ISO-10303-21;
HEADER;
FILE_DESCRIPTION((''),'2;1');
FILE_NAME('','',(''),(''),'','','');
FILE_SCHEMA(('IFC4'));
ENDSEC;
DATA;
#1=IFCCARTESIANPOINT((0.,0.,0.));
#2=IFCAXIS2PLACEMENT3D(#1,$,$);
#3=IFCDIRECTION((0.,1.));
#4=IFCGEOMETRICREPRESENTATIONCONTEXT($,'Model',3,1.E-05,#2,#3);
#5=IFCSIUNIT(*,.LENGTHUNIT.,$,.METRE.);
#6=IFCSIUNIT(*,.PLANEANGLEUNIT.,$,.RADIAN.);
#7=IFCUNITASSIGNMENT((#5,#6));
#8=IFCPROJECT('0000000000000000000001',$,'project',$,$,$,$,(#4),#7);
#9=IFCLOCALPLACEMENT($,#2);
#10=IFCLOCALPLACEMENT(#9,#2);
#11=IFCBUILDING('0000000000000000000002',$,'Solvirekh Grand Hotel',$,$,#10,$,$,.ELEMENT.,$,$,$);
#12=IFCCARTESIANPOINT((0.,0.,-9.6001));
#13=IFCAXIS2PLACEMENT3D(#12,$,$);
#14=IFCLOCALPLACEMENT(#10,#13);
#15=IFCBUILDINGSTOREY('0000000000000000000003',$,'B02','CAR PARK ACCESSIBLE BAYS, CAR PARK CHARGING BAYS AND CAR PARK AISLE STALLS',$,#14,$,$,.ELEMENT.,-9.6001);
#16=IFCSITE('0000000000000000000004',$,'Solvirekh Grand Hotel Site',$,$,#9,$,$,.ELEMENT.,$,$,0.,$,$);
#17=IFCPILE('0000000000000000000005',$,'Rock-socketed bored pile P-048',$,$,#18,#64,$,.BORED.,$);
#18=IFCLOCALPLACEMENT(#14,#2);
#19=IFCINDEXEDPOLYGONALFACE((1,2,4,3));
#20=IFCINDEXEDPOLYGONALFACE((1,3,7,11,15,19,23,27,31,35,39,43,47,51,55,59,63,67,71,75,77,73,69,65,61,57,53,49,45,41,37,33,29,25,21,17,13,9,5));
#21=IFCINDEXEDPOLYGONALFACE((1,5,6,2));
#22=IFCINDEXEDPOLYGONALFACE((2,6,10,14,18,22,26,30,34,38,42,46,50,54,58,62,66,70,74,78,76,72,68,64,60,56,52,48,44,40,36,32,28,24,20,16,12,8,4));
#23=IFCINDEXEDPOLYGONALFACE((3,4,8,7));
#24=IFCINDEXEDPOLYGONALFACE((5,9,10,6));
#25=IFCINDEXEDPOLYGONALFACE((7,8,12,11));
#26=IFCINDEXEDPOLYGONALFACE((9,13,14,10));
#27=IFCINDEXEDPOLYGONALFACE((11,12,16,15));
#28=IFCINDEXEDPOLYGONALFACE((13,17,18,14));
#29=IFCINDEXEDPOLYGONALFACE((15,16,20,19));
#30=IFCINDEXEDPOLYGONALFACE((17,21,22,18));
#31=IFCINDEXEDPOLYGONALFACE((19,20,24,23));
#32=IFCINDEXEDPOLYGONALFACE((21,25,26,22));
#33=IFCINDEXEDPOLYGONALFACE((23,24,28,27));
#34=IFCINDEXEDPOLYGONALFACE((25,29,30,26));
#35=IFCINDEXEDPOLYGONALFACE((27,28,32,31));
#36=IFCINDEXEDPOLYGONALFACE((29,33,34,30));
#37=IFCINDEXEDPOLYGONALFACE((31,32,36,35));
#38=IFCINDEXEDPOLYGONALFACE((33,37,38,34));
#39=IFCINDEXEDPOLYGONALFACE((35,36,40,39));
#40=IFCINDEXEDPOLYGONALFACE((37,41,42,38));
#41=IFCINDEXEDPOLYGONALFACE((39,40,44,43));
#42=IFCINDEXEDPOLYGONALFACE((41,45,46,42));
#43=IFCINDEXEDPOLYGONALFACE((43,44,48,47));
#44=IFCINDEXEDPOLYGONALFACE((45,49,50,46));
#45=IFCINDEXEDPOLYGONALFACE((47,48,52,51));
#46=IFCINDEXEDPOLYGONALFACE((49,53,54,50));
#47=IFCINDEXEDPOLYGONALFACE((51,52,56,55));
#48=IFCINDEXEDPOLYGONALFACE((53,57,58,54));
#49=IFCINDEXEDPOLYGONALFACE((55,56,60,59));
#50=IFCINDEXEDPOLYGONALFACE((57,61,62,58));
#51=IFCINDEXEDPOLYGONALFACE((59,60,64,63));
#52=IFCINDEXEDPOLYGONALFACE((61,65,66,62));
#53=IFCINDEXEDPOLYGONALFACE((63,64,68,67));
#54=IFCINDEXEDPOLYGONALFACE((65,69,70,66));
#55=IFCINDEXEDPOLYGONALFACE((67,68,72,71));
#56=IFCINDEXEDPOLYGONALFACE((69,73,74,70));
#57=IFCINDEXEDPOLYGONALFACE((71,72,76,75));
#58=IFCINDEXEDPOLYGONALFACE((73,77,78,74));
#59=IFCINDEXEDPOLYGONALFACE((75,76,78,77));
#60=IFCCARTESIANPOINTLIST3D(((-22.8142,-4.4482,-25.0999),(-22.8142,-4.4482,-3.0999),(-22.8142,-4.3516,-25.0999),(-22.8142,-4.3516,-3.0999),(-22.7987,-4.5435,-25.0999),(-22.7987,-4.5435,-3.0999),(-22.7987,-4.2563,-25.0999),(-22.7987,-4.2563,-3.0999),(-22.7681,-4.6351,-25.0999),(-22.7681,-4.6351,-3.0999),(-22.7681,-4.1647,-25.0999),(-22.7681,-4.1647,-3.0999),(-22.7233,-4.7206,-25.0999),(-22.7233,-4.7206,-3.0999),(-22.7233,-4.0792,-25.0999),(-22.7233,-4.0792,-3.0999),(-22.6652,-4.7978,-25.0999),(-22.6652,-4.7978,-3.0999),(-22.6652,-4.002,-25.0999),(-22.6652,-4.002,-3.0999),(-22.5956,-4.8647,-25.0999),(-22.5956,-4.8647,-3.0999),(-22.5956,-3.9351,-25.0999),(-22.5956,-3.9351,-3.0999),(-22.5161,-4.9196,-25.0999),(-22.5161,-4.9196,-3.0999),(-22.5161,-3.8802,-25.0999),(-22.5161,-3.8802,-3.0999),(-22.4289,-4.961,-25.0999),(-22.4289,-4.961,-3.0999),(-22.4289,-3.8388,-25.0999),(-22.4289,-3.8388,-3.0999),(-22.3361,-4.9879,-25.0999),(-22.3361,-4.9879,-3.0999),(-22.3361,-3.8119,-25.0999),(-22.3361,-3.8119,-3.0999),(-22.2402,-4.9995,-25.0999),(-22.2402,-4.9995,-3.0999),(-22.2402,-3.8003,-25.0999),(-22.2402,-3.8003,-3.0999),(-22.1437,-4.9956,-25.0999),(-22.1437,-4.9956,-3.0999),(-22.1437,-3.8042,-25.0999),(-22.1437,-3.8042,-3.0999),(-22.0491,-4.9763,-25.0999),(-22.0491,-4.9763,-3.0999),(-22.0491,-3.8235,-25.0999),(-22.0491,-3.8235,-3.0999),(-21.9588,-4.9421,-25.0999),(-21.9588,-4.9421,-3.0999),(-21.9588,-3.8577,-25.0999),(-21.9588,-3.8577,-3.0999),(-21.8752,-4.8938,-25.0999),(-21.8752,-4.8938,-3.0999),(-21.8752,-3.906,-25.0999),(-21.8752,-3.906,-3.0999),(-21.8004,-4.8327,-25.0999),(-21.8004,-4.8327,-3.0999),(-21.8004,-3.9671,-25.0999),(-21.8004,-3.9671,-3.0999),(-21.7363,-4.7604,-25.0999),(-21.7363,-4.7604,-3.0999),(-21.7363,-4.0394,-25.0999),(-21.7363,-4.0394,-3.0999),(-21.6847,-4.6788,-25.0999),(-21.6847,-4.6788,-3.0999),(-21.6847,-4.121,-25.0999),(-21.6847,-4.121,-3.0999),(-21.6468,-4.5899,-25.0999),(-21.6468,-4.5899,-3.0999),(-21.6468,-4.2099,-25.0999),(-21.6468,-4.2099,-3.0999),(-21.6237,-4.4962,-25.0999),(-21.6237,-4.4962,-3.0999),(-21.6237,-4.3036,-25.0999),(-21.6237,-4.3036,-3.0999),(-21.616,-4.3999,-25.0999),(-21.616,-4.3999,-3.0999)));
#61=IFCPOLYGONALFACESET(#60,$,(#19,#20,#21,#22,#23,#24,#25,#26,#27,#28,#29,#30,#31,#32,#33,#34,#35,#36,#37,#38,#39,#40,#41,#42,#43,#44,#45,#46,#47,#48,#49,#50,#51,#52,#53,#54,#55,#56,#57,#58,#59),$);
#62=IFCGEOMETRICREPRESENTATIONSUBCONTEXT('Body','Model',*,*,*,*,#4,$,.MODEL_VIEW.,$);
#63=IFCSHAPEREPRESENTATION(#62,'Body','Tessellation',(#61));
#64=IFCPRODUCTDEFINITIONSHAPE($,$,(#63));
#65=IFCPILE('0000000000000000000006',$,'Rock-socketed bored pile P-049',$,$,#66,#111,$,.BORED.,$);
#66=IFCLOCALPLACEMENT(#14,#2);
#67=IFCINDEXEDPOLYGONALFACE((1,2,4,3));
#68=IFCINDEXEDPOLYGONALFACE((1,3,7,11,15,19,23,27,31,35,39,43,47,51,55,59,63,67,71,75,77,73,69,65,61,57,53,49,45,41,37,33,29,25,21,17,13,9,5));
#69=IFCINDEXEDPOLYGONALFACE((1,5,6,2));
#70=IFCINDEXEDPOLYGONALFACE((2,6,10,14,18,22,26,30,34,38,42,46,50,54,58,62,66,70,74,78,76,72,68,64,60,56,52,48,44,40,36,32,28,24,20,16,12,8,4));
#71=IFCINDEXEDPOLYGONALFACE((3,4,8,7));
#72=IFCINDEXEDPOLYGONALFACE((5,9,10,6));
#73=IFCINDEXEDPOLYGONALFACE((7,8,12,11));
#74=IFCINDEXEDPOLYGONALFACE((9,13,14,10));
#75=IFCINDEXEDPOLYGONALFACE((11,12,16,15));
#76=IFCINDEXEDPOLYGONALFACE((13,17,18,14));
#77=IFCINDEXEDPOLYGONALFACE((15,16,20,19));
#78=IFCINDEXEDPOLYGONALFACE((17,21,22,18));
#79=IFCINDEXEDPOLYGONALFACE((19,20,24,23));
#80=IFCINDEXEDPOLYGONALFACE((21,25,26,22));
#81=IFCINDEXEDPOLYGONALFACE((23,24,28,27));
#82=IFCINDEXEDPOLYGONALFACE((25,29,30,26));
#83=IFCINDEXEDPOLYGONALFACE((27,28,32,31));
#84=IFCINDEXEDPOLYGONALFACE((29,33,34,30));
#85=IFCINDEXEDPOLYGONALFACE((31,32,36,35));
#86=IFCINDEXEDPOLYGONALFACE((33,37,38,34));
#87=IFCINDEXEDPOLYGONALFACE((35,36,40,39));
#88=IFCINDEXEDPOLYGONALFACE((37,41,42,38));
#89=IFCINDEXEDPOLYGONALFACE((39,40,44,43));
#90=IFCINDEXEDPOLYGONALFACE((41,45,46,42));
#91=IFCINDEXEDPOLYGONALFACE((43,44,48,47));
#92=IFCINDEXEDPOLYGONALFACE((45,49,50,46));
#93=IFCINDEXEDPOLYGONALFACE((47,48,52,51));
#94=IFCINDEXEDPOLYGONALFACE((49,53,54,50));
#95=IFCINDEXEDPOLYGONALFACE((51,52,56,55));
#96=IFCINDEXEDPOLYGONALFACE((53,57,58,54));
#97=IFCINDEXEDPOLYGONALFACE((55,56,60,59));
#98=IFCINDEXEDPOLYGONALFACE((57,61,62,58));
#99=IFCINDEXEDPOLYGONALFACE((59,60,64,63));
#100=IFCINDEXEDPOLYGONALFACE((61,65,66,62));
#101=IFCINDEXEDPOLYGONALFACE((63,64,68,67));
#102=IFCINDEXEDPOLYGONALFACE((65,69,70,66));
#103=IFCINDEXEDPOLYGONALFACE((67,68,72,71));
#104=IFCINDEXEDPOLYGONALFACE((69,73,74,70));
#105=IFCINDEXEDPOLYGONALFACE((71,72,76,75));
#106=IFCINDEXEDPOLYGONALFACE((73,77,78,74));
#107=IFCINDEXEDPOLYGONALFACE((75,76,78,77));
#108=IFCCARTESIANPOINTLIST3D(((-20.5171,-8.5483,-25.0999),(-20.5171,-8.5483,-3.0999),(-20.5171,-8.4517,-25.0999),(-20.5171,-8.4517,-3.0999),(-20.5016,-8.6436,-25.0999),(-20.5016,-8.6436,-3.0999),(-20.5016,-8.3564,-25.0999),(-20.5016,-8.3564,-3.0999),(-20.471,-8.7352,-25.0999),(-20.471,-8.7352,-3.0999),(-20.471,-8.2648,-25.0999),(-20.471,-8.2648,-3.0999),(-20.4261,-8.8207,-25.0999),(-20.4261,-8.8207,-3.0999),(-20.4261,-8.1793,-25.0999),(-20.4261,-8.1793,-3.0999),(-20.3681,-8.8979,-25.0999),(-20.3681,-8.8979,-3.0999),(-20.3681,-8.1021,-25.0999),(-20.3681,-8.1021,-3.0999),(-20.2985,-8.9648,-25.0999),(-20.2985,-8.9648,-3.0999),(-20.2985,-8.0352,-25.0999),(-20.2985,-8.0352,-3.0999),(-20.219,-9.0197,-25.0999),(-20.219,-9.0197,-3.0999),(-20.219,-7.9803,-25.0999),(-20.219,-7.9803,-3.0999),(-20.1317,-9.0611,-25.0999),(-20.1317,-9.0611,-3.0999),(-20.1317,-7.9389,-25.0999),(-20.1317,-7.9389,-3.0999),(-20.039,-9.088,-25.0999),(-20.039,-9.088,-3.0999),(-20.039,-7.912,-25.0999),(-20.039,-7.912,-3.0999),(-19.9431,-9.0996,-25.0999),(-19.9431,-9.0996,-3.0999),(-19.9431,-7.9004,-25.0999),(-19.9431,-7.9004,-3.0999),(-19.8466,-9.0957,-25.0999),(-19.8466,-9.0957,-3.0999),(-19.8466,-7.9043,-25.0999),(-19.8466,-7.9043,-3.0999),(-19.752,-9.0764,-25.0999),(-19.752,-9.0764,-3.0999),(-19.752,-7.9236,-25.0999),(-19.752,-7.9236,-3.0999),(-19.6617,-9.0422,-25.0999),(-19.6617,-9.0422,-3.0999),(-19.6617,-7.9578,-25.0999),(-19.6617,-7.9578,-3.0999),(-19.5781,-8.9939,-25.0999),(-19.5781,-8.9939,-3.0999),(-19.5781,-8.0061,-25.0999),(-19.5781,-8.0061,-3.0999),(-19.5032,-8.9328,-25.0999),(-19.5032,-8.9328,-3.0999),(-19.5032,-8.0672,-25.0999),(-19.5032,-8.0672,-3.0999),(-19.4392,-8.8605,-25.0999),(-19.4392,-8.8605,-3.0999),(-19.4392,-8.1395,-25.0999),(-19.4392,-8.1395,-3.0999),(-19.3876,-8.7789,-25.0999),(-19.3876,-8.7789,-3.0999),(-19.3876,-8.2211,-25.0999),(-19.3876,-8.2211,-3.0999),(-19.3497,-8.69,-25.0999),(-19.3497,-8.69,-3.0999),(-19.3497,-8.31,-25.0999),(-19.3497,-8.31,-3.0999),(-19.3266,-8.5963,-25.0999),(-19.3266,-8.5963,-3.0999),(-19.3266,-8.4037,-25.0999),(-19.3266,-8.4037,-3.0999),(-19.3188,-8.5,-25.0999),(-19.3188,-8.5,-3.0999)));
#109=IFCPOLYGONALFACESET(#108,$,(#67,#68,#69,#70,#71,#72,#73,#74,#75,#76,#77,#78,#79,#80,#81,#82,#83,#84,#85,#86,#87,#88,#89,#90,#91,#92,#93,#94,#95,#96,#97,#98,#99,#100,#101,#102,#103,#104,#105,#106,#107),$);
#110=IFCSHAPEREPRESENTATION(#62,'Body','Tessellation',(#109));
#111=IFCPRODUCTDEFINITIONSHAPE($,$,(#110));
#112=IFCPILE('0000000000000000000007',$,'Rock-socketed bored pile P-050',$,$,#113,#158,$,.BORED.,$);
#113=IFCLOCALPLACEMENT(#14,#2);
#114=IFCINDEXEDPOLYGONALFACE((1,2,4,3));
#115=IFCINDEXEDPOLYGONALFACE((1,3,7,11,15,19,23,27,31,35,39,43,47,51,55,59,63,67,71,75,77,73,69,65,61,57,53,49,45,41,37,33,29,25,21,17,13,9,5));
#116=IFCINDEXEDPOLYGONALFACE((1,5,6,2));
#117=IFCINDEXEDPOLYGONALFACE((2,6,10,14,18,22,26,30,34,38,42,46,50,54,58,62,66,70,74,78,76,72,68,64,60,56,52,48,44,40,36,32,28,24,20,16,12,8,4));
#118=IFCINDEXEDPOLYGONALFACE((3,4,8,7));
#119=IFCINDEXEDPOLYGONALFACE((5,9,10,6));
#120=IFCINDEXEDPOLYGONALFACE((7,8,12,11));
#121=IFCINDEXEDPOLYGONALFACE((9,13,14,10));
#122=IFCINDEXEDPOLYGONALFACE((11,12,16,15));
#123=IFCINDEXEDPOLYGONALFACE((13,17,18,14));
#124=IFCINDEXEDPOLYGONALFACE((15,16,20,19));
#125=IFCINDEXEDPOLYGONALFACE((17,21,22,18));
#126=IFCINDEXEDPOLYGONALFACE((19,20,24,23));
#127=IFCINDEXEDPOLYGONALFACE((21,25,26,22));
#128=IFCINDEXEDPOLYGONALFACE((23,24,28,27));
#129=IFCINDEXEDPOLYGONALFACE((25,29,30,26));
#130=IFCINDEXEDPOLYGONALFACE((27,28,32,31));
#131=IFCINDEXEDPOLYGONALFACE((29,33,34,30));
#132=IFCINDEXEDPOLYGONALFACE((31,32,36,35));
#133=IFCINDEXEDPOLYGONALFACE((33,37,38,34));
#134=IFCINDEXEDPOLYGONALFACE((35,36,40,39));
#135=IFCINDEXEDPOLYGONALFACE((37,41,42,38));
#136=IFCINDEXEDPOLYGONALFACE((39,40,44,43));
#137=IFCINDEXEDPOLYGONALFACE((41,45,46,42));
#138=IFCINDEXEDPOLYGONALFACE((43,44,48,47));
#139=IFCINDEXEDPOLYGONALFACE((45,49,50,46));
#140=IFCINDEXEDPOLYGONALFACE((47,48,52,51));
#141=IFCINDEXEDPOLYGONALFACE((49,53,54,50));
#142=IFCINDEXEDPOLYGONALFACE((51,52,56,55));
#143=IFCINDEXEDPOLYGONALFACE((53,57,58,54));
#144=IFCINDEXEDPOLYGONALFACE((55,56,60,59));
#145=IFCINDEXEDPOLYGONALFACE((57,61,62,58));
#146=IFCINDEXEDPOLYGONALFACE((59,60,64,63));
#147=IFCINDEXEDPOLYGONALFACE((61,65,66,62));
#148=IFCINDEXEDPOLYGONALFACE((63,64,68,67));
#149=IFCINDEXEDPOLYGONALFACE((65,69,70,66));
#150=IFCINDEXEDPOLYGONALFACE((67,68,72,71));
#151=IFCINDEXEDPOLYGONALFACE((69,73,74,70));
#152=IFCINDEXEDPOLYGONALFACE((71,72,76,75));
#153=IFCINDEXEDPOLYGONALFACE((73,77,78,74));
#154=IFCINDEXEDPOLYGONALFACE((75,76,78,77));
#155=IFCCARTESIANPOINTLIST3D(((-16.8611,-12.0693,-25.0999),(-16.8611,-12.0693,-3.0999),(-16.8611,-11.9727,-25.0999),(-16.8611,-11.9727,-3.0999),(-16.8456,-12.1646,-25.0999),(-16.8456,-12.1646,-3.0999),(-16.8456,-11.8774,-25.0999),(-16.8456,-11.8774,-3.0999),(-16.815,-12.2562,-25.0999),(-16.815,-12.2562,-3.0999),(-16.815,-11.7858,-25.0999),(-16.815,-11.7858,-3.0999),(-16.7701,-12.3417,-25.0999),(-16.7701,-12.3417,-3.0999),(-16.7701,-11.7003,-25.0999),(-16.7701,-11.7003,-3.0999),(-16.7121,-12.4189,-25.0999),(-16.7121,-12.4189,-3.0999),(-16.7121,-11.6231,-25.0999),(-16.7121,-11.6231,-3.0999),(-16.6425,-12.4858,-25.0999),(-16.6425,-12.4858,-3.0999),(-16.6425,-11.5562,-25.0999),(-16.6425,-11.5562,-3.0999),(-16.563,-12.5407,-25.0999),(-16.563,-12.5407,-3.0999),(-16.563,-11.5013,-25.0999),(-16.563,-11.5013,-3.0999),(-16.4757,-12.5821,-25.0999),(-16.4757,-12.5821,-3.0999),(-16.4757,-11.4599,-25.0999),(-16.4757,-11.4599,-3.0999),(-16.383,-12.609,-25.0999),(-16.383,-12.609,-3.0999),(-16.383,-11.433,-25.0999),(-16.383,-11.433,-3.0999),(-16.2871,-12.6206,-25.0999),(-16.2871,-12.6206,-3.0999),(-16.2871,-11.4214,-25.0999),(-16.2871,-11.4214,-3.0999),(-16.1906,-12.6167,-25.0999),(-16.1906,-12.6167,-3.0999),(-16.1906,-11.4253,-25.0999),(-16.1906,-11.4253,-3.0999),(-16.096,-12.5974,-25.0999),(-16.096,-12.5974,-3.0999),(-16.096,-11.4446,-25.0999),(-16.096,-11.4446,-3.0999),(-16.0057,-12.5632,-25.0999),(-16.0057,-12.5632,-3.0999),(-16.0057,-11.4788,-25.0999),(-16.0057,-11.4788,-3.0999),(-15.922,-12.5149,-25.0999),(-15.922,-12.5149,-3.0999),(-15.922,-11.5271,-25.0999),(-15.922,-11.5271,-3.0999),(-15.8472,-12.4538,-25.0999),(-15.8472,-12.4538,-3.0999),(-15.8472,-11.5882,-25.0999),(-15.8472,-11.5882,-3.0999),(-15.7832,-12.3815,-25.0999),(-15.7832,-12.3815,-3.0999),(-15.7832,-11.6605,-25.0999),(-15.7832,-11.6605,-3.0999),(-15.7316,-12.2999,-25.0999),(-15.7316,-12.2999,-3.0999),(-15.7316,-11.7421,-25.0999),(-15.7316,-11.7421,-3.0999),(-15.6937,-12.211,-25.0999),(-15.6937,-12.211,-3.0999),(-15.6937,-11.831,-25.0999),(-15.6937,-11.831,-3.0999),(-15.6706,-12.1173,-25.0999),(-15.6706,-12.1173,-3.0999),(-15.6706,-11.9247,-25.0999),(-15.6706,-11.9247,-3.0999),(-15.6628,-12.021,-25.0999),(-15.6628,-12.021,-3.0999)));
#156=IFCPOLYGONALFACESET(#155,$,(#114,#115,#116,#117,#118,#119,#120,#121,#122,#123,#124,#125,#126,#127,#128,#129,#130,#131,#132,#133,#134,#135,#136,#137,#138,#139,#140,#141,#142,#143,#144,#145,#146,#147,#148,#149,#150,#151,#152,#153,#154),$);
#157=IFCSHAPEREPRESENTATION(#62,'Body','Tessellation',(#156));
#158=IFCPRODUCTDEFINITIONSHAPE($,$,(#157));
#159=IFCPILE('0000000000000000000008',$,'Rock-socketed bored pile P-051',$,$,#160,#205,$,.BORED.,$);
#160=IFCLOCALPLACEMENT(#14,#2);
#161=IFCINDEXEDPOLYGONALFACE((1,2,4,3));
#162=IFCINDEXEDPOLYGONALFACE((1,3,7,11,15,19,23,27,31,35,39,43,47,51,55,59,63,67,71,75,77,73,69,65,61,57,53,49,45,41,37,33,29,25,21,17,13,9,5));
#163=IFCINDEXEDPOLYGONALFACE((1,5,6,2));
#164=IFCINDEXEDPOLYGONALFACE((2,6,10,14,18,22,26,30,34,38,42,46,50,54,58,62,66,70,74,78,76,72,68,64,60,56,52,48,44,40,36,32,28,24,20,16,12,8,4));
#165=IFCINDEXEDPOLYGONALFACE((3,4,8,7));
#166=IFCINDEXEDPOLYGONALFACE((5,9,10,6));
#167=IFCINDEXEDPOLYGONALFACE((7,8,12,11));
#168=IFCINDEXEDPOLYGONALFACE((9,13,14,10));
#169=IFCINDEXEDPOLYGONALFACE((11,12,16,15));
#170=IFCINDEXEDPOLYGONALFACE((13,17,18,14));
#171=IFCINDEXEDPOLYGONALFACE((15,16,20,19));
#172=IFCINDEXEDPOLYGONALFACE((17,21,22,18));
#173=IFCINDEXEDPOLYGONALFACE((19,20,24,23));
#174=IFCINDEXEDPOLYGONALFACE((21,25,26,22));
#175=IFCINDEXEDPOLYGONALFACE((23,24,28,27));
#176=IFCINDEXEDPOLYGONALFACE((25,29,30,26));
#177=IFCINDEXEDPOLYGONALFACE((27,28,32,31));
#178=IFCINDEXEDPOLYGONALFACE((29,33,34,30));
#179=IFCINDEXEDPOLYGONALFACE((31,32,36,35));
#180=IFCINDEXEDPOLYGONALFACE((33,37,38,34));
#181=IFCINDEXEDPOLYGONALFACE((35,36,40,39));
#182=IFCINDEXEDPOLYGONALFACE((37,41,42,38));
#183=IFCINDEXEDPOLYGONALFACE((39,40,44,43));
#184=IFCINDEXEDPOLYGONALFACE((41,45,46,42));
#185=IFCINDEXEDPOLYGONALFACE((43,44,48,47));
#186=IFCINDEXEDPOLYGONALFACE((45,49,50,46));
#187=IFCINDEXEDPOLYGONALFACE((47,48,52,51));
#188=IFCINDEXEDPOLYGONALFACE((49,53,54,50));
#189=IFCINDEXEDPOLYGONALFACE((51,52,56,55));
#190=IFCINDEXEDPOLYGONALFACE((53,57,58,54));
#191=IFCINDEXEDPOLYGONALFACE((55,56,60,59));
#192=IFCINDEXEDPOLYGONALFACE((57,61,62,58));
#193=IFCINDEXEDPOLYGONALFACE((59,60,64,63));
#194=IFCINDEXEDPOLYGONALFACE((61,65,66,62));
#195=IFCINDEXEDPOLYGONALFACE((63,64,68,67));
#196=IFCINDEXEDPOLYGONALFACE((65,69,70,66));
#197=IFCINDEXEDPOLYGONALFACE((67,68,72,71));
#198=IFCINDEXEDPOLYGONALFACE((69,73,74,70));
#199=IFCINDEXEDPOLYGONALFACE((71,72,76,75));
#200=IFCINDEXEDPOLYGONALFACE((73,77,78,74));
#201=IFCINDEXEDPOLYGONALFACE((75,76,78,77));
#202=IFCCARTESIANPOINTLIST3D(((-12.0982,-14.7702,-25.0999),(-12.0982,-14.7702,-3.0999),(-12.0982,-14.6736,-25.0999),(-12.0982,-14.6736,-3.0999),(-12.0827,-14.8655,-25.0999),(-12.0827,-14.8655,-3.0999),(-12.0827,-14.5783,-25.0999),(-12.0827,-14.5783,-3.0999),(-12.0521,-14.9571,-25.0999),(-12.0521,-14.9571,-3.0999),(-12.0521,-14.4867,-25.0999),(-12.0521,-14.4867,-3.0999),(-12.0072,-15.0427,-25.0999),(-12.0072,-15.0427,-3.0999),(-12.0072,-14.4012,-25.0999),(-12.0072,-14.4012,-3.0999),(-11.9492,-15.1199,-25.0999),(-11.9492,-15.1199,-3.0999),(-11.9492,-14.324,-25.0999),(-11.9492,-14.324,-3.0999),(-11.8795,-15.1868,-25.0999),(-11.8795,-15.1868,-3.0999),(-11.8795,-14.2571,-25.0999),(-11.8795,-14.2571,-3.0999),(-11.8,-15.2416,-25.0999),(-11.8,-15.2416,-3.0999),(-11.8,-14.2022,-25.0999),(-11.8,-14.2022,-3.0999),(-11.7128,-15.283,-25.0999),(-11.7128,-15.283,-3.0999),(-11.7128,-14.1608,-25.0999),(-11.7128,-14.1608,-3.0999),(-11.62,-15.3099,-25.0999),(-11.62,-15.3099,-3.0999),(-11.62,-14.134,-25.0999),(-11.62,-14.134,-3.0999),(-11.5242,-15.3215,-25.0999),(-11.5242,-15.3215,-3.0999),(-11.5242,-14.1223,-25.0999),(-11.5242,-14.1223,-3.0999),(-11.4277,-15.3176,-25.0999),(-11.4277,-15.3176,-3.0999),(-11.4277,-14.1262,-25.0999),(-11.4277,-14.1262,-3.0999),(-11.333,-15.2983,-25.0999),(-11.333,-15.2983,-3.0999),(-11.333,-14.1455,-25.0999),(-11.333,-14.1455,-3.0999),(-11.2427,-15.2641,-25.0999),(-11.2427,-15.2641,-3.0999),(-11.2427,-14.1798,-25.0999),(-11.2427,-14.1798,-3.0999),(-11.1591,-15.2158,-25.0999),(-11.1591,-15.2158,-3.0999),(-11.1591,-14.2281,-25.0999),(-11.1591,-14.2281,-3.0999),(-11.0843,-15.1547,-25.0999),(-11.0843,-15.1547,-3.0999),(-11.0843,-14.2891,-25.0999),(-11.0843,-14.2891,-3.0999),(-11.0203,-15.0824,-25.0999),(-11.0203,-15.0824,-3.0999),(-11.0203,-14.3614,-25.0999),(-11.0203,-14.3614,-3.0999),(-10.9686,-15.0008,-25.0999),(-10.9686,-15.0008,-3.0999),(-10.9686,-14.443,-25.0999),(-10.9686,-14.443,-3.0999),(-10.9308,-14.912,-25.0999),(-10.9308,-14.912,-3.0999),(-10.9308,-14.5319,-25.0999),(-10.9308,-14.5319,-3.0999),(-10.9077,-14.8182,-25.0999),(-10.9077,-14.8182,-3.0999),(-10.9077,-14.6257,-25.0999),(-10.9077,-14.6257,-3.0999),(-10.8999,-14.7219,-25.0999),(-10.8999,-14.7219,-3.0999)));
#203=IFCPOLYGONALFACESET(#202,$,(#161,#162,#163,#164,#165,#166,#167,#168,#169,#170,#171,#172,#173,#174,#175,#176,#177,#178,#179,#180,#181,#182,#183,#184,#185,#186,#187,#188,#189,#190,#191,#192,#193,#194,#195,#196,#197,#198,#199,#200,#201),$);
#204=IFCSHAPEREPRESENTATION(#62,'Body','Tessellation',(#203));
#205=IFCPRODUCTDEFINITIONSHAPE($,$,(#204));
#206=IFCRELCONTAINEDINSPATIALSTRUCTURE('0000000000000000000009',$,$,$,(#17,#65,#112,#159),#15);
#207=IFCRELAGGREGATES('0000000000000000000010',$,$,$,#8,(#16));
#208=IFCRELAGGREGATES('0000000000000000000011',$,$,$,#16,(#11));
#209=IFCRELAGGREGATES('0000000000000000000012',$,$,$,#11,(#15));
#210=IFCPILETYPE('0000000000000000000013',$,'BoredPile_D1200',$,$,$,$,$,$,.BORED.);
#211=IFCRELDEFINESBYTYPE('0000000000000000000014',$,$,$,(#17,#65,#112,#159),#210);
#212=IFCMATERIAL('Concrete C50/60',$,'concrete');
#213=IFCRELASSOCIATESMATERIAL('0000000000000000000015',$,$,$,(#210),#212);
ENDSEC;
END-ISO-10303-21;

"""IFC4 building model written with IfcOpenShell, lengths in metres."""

from ifc_helpers import new_model, si_unit, direction, frame, origin, origin_2d, place, context, subcontext, project, spatial, circle, extrude, material, material_profile, profile_set, type_object, element, save


model = new_model("IFC4")

# Units and contexts
model_context = context("Model", 3, precision=1e-05, world=origin(), true_north=direction((0.0, 1.0)))
body_context = subcontext(model_context, "Body", "Model", "MODEL_VIEW")
ifc_project = project(units=[si_unit("LENGTHUNIT", "METRE"), si_unit("PLANEANGLEUNIT", "RADIAN")], contexts=[model_context])

# Site, building, storey
site_placement = place(None, origin())
site = spatial("IfcSite", under=ifc_project, at=site_placement, Name="Solvirekh Grand Hotel Site", CompositionType="ELEMENT", RefElevation=0.0)
building_placement = place(site_placement, origin())
building = spatial("IfcBuilding", under=site, at=building_placement, Name="Solvirekh Grand Hotel", CompositionType="ELEMENT")
storey_placement = place(building_placement, frame((0.0, 0.0, -9.6001)))
storey = spatial("IfcBuildingStorey", under=building, at=storey_placement, Name="B02", Description="CAR PARK ACCESSIBLE BAYS, CAR PARK CHARGING BAYS AND CAR PARK AISLE STALLS", CompositionType="ELEMENT", Elevation=-9.6001)

# Piles
ifc_material_1 = material(Name="Concrete C50/60", Category="concrete")
ifc_material_profile_1 = material_profile(ifc_material_1, circle(Radius=0.6001, at=origin_2d()), Name="BORED PILE D1200")
ifc_profile_set_1 = profile_set([ifc_material_profile_1], Name="Concrete C50/60")
pile_type_1 = type_object("IfcPileType", Name="BoredPile_D1200", PredefinedType="BORED", material=ifc_profile_set_1)
for number, where, z_axis, x_axis, name in (
    (1, (-22.2161, -4.3999, -3.0999), (0.0, 0.0, -1.0), (1.0, 0.0, 0.0), "Rock-socketed bored pile P-048"),
    (2, (-19.9189, -8.5, -3.0999), (0.0, 0.0, -1.0), (1.0, 0.0, 0.0), "Rock-socketed bored pile P-049"),
    (3, (-16.2629, -12.021, -3.0999), (0.0, 0.0, -1.0), (1.0, 0.0, 0.0), "Rock-socketed bored pile P-050"),
    (4, (-11.5, -14.7219, -3.0999), (0.0, 0.0, -1.0), (1.0, 0.0, 0.0), "Rock-socketed bored pile P-051"),
):
    element("IfcPile", number, at=place(storey_placement, frame(where, z_axis=z_axis, x_axis=x_axis)), inside=storey, type_object=pile_type_1, Name=name, PredefinedType="BORED", context=body_context, shape_type="SweptSolid", body=[
        extrude(circle(Radius=0.6001, at=origin_2d()), origin(), (0.0, 0.0, 1.0), 22.0),
    ])

save(model, "model.ifc")
